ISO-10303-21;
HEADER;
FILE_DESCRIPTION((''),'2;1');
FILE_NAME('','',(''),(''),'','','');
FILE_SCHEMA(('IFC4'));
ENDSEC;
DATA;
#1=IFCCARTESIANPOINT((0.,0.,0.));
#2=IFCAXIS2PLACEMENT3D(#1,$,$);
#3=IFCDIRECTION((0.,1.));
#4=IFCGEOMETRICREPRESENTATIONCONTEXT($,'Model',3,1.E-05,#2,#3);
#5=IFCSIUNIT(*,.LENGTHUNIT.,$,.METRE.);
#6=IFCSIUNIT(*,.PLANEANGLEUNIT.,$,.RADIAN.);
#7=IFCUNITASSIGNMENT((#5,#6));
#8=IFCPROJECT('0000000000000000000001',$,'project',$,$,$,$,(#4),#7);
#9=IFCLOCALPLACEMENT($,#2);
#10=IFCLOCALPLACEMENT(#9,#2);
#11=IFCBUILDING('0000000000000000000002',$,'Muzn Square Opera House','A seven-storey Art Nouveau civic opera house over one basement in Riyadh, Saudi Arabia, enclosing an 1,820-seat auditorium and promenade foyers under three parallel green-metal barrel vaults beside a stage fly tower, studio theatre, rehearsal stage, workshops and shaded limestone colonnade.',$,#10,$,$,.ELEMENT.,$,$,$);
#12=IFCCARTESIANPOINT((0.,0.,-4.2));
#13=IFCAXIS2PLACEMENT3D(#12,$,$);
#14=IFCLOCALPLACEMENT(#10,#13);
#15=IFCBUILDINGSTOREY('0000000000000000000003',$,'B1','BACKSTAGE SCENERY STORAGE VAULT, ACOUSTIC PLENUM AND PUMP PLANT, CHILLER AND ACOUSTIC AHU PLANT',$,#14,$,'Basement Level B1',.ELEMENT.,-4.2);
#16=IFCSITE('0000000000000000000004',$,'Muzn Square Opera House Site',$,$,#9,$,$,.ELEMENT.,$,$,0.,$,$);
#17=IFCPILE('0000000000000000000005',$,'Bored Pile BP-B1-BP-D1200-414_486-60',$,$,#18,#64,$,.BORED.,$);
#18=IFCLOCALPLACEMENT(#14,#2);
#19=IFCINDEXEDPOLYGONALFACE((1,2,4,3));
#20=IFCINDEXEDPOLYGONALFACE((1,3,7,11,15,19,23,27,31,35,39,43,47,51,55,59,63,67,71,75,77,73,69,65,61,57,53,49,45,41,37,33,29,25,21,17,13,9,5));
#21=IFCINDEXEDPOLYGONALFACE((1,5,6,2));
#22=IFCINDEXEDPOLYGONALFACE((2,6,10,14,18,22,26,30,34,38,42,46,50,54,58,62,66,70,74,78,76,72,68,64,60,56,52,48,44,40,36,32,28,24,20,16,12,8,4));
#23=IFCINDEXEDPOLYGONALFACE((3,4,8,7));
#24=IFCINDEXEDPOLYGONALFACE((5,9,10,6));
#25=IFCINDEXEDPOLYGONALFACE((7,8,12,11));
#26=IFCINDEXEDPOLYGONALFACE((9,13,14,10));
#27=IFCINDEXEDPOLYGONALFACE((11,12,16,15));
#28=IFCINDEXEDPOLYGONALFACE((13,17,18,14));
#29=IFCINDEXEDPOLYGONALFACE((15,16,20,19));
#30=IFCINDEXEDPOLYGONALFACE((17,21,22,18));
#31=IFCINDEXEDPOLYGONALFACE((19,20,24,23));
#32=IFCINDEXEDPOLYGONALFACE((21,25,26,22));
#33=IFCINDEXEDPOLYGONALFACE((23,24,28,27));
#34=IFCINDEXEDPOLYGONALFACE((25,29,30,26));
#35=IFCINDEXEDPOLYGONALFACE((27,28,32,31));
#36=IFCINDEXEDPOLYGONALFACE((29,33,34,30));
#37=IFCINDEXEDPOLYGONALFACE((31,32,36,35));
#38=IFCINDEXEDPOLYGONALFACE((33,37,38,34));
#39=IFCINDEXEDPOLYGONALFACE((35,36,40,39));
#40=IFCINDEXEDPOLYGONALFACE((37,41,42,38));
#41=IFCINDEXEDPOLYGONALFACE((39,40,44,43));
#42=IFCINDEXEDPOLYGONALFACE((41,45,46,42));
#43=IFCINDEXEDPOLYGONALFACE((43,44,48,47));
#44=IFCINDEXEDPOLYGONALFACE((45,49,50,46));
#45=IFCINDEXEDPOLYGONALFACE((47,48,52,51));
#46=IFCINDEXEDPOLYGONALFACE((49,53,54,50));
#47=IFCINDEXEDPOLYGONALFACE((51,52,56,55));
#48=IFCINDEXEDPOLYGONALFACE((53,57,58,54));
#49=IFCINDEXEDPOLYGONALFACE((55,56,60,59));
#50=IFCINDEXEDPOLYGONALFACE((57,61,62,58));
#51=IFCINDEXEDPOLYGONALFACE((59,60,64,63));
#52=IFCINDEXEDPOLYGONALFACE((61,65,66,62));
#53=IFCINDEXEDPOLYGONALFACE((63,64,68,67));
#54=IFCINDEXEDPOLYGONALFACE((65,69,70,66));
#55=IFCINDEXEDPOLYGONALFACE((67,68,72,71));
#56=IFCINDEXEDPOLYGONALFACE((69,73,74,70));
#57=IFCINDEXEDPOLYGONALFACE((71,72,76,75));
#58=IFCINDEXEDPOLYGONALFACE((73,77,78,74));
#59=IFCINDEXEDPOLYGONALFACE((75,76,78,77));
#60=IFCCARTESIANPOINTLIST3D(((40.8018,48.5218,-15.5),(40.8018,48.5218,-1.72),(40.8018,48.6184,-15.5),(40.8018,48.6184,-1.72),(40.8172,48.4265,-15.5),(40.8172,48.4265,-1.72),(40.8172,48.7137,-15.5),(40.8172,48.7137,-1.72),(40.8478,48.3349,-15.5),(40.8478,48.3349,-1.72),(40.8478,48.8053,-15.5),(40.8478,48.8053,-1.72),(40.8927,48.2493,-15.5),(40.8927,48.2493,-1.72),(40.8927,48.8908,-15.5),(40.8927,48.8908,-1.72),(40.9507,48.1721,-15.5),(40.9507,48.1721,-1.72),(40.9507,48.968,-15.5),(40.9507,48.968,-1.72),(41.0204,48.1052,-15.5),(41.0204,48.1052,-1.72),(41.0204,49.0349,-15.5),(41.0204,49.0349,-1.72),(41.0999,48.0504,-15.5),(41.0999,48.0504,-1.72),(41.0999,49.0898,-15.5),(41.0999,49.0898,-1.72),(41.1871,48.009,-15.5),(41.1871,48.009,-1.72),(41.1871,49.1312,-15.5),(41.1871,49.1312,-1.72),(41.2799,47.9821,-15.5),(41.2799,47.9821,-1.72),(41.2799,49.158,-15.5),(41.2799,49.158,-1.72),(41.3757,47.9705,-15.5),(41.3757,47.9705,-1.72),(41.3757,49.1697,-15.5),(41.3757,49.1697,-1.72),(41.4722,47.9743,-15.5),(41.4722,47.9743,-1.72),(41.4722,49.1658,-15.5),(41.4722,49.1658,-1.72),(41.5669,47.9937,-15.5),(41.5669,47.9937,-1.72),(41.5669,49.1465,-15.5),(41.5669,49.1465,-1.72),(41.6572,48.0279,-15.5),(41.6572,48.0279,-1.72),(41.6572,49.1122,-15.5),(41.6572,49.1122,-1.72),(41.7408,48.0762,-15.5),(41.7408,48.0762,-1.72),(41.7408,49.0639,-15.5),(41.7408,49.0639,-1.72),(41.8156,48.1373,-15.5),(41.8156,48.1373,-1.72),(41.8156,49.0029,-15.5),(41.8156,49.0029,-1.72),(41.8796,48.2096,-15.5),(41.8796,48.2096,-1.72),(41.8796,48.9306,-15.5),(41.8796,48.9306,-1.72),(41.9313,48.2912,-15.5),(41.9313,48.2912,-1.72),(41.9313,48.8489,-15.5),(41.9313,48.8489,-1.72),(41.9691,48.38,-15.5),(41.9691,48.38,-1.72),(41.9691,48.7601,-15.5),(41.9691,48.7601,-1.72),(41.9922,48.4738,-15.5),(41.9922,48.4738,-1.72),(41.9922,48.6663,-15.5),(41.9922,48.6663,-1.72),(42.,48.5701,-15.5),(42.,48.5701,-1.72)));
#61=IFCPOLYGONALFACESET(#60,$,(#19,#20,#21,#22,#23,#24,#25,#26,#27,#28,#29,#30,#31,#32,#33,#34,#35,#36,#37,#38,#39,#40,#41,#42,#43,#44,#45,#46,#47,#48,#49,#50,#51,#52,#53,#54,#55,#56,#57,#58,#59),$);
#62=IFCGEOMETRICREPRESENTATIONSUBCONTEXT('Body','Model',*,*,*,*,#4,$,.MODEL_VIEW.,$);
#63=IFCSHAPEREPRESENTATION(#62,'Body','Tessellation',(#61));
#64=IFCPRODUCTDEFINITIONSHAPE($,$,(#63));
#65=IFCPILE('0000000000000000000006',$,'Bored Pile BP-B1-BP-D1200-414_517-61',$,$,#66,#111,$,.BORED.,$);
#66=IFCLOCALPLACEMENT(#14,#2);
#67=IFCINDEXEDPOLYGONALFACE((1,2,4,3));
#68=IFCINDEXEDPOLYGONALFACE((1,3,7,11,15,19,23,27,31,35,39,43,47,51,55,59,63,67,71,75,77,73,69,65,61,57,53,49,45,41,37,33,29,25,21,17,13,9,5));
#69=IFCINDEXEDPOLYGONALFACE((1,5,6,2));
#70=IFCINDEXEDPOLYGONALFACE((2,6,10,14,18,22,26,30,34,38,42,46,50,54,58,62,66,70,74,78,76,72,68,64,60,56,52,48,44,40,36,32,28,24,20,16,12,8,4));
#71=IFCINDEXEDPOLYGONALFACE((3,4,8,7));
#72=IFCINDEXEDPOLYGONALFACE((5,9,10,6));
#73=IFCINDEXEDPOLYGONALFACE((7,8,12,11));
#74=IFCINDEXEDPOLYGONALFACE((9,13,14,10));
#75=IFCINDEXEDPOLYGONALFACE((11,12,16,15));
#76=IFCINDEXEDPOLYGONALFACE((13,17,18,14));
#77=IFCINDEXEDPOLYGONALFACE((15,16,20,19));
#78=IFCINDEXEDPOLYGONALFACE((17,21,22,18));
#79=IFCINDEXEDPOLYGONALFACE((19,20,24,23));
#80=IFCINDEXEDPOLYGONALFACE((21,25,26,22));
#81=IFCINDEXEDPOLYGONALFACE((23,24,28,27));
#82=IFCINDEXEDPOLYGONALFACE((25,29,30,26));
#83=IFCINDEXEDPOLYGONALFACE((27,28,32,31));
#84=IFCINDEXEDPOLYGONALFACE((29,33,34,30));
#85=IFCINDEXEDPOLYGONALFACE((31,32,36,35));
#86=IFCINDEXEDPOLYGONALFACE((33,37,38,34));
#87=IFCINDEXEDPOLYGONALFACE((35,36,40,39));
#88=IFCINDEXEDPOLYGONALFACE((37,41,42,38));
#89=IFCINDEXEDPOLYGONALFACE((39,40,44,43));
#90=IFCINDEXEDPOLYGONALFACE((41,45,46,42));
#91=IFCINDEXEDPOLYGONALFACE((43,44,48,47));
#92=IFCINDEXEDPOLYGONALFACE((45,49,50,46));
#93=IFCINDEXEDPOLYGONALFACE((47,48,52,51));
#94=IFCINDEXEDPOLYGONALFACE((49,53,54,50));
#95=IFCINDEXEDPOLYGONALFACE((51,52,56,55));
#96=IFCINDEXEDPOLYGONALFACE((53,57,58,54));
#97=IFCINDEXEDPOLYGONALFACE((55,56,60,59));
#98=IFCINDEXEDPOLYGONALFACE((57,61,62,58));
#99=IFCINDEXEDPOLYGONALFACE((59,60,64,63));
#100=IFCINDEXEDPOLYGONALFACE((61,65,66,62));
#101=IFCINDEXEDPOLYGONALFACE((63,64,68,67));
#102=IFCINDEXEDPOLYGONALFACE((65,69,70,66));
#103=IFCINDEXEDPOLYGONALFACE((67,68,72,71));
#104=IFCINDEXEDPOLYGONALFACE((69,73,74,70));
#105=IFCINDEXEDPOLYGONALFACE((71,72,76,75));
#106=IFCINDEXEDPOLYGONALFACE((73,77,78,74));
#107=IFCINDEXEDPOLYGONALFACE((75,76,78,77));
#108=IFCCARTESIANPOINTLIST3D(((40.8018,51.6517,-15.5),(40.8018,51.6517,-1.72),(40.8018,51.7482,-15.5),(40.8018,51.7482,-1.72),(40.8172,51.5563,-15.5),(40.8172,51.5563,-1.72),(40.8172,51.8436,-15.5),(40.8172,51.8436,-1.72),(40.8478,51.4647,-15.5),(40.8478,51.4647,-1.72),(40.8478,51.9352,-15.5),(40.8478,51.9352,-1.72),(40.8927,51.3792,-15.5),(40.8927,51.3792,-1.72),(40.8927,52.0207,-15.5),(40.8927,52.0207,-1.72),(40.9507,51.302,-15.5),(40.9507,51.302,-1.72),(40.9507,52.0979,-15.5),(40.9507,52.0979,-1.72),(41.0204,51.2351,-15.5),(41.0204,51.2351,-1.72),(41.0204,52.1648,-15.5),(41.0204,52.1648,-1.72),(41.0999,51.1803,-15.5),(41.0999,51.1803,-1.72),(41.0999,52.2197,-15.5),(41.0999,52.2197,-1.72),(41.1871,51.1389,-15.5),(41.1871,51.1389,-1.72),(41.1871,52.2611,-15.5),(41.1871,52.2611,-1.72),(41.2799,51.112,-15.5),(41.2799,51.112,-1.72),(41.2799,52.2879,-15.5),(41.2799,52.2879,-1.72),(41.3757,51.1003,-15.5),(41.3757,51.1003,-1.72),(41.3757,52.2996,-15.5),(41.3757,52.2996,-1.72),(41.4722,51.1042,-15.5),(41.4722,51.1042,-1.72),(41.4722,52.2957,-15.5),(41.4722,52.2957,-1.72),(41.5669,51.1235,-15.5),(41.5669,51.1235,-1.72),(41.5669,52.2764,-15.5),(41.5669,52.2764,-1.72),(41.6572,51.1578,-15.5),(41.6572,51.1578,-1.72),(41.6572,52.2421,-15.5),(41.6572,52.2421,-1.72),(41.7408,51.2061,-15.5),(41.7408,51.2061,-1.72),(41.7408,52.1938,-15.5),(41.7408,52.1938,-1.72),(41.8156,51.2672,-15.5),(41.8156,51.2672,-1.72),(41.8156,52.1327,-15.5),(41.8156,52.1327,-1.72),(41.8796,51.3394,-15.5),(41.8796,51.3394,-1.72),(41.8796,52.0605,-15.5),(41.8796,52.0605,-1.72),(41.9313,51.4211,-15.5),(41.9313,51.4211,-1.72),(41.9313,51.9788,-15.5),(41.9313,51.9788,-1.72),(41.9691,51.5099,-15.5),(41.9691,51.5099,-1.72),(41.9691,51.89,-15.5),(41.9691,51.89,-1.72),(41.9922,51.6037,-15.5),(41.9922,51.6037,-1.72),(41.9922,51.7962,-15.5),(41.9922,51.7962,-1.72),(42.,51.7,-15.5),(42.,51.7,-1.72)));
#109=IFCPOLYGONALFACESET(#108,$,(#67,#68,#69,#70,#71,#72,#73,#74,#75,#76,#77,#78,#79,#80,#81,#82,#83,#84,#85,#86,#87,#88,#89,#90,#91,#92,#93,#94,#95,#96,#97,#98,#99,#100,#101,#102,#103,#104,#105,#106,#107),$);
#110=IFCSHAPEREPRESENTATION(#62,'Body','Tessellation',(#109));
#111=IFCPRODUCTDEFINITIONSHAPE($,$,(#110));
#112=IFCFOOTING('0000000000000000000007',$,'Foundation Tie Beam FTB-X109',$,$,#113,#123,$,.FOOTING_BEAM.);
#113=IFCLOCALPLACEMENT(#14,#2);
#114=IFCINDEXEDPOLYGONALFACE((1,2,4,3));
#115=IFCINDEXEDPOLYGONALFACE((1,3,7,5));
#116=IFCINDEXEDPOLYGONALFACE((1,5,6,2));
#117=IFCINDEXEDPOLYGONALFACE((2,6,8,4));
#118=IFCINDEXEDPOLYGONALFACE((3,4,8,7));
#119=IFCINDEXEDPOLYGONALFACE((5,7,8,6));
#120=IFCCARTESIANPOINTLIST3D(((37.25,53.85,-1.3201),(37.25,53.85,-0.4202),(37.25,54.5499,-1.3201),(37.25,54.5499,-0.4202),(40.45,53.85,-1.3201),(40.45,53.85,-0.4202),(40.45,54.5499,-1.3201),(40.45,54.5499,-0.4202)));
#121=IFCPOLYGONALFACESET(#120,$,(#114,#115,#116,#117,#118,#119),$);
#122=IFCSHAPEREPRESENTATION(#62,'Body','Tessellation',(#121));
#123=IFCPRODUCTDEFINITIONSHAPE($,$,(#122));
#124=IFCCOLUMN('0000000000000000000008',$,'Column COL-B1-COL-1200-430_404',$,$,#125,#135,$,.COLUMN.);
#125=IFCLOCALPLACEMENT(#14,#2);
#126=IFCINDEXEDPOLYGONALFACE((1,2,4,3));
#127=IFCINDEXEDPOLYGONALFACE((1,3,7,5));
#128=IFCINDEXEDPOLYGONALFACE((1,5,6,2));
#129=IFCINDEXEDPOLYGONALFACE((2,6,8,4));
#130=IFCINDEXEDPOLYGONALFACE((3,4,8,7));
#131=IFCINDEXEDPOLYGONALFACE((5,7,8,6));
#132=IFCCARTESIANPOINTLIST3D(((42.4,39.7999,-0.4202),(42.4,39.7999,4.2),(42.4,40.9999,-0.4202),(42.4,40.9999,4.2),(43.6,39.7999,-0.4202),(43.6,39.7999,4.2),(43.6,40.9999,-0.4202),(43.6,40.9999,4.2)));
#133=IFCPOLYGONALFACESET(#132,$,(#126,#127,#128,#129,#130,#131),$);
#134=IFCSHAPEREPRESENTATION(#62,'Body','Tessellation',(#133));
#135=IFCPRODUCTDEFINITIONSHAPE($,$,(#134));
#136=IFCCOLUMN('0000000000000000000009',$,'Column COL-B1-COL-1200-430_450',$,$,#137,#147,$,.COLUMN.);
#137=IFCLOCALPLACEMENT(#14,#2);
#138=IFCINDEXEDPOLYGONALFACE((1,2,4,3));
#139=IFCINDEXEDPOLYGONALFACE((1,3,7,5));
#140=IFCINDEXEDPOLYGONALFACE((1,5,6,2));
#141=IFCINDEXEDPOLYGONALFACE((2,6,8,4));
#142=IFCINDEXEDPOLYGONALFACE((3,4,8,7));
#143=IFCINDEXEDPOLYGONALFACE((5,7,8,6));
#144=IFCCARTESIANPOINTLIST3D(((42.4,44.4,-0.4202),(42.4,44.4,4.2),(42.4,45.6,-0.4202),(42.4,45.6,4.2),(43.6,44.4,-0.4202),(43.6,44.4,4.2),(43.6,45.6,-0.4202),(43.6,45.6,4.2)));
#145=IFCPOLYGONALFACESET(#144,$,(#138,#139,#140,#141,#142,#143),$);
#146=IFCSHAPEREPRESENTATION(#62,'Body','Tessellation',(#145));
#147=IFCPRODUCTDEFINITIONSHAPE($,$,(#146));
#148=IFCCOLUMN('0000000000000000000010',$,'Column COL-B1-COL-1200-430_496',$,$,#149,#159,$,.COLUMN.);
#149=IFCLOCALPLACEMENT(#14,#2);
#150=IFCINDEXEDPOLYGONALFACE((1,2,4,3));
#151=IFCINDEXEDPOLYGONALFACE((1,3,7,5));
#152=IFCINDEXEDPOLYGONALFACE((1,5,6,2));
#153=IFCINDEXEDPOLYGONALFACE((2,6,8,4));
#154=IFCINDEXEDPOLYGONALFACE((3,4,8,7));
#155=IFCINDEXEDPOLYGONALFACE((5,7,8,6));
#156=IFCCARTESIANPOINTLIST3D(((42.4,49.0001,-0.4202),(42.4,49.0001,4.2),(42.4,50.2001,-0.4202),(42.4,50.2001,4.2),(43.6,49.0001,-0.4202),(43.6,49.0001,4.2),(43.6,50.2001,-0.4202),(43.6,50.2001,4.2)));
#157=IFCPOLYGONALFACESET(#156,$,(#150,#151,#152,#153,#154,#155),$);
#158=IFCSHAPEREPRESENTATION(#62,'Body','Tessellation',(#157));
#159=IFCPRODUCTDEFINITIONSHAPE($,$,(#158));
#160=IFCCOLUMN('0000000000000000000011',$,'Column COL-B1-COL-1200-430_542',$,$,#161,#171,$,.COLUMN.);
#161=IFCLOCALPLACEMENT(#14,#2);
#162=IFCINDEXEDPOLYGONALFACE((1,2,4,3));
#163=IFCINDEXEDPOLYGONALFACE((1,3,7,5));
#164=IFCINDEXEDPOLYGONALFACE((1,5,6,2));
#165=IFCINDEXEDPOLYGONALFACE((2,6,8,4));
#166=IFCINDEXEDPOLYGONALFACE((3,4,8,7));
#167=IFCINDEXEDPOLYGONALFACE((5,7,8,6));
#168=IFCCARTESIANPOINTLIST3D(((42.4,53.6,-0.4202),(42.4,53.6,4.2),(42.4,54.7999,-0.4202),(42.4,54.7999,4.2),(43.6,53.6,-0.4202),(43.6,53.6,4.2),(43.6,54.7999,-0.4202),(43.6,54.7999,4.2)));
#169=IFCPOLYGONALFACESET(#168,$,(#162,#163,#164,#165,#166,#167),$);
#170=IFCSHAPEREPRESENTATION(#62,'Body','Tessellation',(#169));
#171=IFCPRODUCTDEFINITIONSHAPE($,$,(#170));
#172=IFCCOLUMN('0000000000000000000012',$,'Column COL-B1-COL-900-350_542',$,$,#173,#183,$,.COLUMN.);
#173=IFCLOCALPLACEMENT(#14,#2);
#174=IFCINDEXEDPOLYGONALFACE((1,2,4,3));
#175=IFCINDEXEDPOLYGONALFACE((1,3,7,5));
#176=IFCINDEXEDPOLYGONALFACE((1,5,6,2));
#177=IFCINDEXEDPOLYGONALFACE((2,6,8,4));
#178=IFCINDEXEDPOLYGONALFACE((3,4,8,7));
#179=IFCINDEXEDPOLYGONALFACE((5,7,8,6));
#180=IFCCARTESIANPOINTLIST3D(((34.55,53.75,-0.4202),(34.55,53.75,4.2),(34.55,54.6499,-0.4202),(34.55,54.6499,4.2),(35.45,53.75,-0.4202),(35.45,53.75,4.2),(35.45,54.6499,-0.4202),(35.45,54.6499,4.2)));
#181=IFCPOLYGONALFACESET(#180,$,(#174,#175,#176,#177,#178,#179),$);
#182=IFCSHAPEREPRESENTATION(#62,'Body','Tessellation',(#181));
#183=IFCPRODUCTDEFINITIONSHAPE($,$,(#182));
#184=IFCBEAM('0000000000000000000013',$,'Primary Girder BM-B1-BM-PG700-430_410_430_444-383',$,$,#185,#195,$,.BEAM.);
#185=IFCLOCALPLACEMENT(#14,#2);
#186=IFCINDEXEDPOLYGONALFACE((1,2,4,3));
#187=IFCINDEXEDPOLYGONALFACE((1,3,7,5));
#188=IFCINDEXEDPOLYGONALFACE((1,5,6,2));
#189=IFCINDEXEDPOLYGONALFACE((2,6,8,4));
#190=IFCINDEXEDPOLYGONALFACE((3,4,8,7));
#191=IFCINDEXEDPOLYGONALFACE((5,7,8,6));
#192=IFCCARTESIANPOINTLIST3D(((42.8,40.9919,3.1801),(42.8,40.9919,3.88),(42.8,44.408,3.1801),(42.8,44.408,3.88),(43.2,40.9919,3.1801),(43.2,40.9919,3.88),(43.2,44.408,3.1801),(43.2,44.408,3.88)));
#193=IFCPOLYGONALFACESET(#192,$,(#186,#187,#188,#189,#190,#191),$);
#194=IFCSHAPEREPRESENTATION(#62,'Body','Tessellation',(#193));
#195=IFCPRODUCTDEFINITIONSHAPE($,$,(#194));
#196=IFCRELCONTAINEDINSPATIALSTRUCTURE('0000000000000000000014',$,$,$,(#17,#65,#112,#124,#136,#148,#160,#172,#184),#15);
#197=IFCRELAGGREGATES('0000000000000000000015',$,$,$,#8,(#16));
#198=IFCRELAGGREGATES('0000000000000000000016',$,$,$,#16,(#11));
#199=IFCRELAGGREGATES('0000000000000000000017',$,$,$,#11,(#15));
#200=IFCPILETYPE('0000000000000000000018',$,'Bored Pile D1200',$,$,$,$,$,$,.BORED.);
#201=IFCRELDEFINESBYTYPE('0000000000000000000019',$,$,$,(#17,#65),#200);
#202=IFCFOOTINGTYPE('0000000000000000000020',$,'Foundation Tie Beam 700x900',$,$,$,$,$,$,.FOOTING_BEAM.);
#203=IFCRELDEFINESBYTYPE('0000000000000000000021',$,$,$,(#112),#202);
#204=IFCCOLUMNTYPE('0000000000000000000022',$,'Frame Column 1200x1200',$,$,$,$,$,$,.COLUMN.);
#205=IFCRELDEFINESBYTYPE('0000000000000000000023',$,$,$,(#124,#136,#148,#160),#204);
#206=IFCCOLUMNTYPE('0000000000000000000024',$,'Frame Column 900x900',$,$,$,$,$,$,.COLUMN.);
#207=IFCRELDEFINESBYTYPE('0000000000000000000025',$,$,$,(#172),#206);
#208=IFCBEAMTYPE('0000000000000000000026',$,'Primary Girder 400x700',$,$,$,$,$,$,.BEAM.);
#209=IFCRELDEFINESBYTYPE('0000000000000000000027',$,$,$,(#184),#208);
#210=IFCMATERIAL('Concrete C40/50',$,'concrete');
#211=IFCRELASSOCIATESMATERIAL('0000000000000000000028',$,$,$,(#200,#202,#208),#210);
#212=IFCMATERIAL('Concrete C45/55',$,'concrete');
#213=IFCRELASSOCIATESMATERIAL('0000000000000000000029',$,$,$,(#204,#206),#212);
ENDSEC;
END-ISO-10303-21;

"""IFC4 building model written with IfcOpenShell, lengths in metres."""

from ifc_helpers import new_model, si_unit, direction, frame, origin, origin_2d, place, context, subcontext, project, spatial, rectangle, circle, extrude, material, material_profile, profile_set, type_object, element, save


model = new_model("IFC4")

# Units and contexts
model_context = context("Model", 3, precision=1e-05, world=origin(), true_north=direction((0.0, 1.0)))
body_context = subcontext(model_context, "Body", "Model", "MODEL_VIEW")
ifc_project = project(units=[si_unit("LENGTHUNIT", "METRE"), si_unit("PLANEANGLEUNIT", "RADIAN")], contexts=[model_context])

# Site, building, storey
site_placement = place(None, origin())
site = spatial("IfcSite", under=ifc_project, at=site_placement, Name="Muzn Square Opera House Site", CompositionType="ELEMENT", RefElevation=0.0)
building_placement = place(site_placement, origin())
building = spatial("IfcBuilding", under=site, at=building_placement, Name="Muzn Square Opera House", Description="A seven-storey Art Nouveau civic opera house over one basement in Riyadh, Saudi Arabia, enclosing an 1,820-seat auditorium and promenade foyers under three parallel green-metal barrel vaults beside a stage fly tower, studio theatre, rehearsal stage, workshops and shaded limestone colonnade.", CompositionType="ELEMENT")
storey_placement = place(building_placement, frame((0.0, 0.0, -4.2)))
storey = spatial("IfcBuildingStorey", under=building, at=storey_placement, Name="B1", Description="BACKSTAGE SCENERY STORAGE VAULT, ACOUSTIC PLENUM AND PUMP PLANT, CHILLER AND ACOUSTIC AHU PLANT", LongName="Basement Level B1", CompositionType="ELEMENT", Elevation=-4.2)

# Piles
ifc_material_1 = material(Name="Concrete C40/50", Category="concrete")
ifc_material_profile_1 = material_profile(ifc_material_1, circle(Radius=0.6001, at=origin_2d()), Name="BORED PILE D1200", Category="concrete")
ifc_profile_set_1 = profile_set([ifc_material_profile_1], Name="Concrete C40/50")
pile_type_1 = type_object("IfcPileType", Name="Bored Pile D1200", PredefinedType="BORED", material=ifc_profile_set_1)
for number, where, z_axis, x_axis, name in (
    (1, (41.3999, 48.5701, -1.72), (0.0, 0.0, -1.0), (1.0, 0.0, 0.0), "Bored Pile BP-B1-BP-D1200-414_486-60"),
    (2, (41.3999, 51.7, -1.72), (0.0, 0.0, -1.0), (1.0, 0.0, 0.0), "Bored Pile BP-B1-BP-D1200-414_517-61"),
):
    element("IfcPile", number, at=place(storey_placement, frame(where, z_axis=z_axis, x_axis=x_axis)), inside=storey, type_object=pile_type_1, Name=name, PredefinedType="BORED", context=body_context, shape_type="SweptSolid", body=[
        extrude(circle(Radius=0.6001, at=origin_2d()), origin(), (0.0, 0.0, 1.0), 13.78),
    ])

# Footing
ifc_material_profile_2 = material_profile(ifc_material_1, rectangle(XDim=0.7, YDim=0.8999, at=origin_2d()), Name="RCTB 700x900", Category="concrete")
ifc_profile_set_2 = profile_set([ifc_material_profile_2], Name="Concrete C40/50")
footing_type = type_object("IfcFootingType", Name="Foundation Tie Beam 700x900", PredefinedType="FOOTING_BEAM", material=ifc_profile_set_2)
footing_placement = place(storey_placement, frame((37.25, 54.2, -0.8701), z_axis=(1.0, 0.0, 0.0), x_axis=(0.0, 1.0, 0.0)))
element("IfcFooting", 3, at=footing_placement, inside=storey, type_object=footing_type, Name="Foundation Tie Beam FTB-X109", PredefinedType="FOOTING_BEAM", context=body_context, shape_type="SweptSolid", body=[
    extrude(rectangle(XDim=0.7, YDim=0.8999, at=origin_2d()), origin(), (0.0, 0.0, 1.0), 3.2),
])

# Columns
ifc_material_2 = material(Name="Concrete C45/55", Category="concrete")
ifc_material_profile_3 = material_profile(ifc_material_2, rectangle(XDim=1.2, YDim=1.2, at=origin_2d()), Name="RC 1200x1200", Category="concrete")
ifc_profile_set_3 = profile_set([ifc_material_profile_3], Name="Concrete C45/55")
column_type_1 = type_object("IfcColumnType", Name="Frame Column 1200x1200", PredefinedType="COLUMN", material=ifc_profile_set_3)
for number, where, z_axis, x_axis, name in (
    (4, (43.0, 40.3999, -0.4202), (0.0, 0.0, 1.0), (1.0, 0.0, 0.0), "Column COL-B1-COL-1200-430_404"),
    (5, (43.0, 45.0, -0.4202), (0.0, 0.0, 1.0), (1.0, 0.0, 0.0), "Column COL-B1-COL-1200-430_450"),
    (6, (43.0, 49.6001, -0.4202), (0.0, 0.0, 1.0), (1.0, 0.0, 0.0), "Column COL-B1-COL-1200-430_496"),
    (7, (43.0, 54.2, -0.4202), (0.0, 0.0, 1.0), (1.0, 0.0, 0.0), "Column COL-B1-COL-1200-430_542"),
):
    element("IfcColumn", number, at=place(storey_placement, frame(where, z_axis=z_axis, x_axis=x_axis)), inside=storey, type_object=column_type_1, Name=name, PredefinedType="COLUMN", context=body_context, shape_type="SweptSolid", body=[
        extrude(rectangle(XDim=1.2, YDim=1.2, at=origin_2d()), origin(), (0.0, 0.0, 1.0), 4.6201),
    ])
ifc_material_profile_4 = material_profile(ifc_material_2, rectangle(XDim=0.8999, YDim=0.8999, at=origin_2d()), Name="RC 900x900", Category="concrete")
ifc_profile_set_4 = profile_set([ifc_material_profile_4], Name="Concrete C45/55")
column_type_2 = type_object("IfcColumnType", Name="Frame Column 900x900", PredefinedType="COLUMN", material=ifc_profile_set_4)
column_placement = place(storey_placement, frame((35.0, 54.2, -0.4202), z_axis=(0.0, 0.0, 1.0), x_axis=(1.0, 0.0, 0.0)))
element("IfcColumn", 8, at=column_placement, inside=storey, type_object=column_type_2, Name="Column COL-B1-COL-900-350_542", PredefinedType="COLUMN", context=body_context, shape_type="SweptSolid", body=[
    extrude(rectangle(XDim=0.8999, YDim=0.8999, at=origin_2d()), origin(), (0.0, 0.0, 1.0), 4.6201),
])

# Beam
ifc_material_profile_5 = material_profile(ifc_material_1, rectangle(XDim=0.3999, YDim=0.7, at=origin_2d()), Name="RCB 400x700", Category="concrete")
ifc_profile_set_5 = profile_set([ifc_material_profile_5], Name="Concrete C40/50")
beam_type_1 = type_object("IfcBeamType", Name="Primary Girder 400x700", PredefinedType="BEAM", material=ifc_profile_set_5)
for number, where, z_axis, x_axis, name in (
    (9, (43.0, 40.9919, 3.53), (0.0, 1.0, 0.0), (-1.0, 0.0, 0.0), "Primary Girder BM-B1-BM-PG700-430_410_430_444-383"),
):
    element("IfcBeam", number, at=place(storey_placement, frame(where, z_axis=z_axis, x_axis=x_axis)), inside=storey, type_object=beam_type_1, Name=name, PredefinedType="BEAM", context=body_context, shape_type="SweptSolid", body=[
        extrude(rectangle(XDim=0.3999, YDim=0.7, at=origin_2d()), origin(), (0.0, 0.0, 1.0), 3.416),
    ])

save(model, "model.ifc")
